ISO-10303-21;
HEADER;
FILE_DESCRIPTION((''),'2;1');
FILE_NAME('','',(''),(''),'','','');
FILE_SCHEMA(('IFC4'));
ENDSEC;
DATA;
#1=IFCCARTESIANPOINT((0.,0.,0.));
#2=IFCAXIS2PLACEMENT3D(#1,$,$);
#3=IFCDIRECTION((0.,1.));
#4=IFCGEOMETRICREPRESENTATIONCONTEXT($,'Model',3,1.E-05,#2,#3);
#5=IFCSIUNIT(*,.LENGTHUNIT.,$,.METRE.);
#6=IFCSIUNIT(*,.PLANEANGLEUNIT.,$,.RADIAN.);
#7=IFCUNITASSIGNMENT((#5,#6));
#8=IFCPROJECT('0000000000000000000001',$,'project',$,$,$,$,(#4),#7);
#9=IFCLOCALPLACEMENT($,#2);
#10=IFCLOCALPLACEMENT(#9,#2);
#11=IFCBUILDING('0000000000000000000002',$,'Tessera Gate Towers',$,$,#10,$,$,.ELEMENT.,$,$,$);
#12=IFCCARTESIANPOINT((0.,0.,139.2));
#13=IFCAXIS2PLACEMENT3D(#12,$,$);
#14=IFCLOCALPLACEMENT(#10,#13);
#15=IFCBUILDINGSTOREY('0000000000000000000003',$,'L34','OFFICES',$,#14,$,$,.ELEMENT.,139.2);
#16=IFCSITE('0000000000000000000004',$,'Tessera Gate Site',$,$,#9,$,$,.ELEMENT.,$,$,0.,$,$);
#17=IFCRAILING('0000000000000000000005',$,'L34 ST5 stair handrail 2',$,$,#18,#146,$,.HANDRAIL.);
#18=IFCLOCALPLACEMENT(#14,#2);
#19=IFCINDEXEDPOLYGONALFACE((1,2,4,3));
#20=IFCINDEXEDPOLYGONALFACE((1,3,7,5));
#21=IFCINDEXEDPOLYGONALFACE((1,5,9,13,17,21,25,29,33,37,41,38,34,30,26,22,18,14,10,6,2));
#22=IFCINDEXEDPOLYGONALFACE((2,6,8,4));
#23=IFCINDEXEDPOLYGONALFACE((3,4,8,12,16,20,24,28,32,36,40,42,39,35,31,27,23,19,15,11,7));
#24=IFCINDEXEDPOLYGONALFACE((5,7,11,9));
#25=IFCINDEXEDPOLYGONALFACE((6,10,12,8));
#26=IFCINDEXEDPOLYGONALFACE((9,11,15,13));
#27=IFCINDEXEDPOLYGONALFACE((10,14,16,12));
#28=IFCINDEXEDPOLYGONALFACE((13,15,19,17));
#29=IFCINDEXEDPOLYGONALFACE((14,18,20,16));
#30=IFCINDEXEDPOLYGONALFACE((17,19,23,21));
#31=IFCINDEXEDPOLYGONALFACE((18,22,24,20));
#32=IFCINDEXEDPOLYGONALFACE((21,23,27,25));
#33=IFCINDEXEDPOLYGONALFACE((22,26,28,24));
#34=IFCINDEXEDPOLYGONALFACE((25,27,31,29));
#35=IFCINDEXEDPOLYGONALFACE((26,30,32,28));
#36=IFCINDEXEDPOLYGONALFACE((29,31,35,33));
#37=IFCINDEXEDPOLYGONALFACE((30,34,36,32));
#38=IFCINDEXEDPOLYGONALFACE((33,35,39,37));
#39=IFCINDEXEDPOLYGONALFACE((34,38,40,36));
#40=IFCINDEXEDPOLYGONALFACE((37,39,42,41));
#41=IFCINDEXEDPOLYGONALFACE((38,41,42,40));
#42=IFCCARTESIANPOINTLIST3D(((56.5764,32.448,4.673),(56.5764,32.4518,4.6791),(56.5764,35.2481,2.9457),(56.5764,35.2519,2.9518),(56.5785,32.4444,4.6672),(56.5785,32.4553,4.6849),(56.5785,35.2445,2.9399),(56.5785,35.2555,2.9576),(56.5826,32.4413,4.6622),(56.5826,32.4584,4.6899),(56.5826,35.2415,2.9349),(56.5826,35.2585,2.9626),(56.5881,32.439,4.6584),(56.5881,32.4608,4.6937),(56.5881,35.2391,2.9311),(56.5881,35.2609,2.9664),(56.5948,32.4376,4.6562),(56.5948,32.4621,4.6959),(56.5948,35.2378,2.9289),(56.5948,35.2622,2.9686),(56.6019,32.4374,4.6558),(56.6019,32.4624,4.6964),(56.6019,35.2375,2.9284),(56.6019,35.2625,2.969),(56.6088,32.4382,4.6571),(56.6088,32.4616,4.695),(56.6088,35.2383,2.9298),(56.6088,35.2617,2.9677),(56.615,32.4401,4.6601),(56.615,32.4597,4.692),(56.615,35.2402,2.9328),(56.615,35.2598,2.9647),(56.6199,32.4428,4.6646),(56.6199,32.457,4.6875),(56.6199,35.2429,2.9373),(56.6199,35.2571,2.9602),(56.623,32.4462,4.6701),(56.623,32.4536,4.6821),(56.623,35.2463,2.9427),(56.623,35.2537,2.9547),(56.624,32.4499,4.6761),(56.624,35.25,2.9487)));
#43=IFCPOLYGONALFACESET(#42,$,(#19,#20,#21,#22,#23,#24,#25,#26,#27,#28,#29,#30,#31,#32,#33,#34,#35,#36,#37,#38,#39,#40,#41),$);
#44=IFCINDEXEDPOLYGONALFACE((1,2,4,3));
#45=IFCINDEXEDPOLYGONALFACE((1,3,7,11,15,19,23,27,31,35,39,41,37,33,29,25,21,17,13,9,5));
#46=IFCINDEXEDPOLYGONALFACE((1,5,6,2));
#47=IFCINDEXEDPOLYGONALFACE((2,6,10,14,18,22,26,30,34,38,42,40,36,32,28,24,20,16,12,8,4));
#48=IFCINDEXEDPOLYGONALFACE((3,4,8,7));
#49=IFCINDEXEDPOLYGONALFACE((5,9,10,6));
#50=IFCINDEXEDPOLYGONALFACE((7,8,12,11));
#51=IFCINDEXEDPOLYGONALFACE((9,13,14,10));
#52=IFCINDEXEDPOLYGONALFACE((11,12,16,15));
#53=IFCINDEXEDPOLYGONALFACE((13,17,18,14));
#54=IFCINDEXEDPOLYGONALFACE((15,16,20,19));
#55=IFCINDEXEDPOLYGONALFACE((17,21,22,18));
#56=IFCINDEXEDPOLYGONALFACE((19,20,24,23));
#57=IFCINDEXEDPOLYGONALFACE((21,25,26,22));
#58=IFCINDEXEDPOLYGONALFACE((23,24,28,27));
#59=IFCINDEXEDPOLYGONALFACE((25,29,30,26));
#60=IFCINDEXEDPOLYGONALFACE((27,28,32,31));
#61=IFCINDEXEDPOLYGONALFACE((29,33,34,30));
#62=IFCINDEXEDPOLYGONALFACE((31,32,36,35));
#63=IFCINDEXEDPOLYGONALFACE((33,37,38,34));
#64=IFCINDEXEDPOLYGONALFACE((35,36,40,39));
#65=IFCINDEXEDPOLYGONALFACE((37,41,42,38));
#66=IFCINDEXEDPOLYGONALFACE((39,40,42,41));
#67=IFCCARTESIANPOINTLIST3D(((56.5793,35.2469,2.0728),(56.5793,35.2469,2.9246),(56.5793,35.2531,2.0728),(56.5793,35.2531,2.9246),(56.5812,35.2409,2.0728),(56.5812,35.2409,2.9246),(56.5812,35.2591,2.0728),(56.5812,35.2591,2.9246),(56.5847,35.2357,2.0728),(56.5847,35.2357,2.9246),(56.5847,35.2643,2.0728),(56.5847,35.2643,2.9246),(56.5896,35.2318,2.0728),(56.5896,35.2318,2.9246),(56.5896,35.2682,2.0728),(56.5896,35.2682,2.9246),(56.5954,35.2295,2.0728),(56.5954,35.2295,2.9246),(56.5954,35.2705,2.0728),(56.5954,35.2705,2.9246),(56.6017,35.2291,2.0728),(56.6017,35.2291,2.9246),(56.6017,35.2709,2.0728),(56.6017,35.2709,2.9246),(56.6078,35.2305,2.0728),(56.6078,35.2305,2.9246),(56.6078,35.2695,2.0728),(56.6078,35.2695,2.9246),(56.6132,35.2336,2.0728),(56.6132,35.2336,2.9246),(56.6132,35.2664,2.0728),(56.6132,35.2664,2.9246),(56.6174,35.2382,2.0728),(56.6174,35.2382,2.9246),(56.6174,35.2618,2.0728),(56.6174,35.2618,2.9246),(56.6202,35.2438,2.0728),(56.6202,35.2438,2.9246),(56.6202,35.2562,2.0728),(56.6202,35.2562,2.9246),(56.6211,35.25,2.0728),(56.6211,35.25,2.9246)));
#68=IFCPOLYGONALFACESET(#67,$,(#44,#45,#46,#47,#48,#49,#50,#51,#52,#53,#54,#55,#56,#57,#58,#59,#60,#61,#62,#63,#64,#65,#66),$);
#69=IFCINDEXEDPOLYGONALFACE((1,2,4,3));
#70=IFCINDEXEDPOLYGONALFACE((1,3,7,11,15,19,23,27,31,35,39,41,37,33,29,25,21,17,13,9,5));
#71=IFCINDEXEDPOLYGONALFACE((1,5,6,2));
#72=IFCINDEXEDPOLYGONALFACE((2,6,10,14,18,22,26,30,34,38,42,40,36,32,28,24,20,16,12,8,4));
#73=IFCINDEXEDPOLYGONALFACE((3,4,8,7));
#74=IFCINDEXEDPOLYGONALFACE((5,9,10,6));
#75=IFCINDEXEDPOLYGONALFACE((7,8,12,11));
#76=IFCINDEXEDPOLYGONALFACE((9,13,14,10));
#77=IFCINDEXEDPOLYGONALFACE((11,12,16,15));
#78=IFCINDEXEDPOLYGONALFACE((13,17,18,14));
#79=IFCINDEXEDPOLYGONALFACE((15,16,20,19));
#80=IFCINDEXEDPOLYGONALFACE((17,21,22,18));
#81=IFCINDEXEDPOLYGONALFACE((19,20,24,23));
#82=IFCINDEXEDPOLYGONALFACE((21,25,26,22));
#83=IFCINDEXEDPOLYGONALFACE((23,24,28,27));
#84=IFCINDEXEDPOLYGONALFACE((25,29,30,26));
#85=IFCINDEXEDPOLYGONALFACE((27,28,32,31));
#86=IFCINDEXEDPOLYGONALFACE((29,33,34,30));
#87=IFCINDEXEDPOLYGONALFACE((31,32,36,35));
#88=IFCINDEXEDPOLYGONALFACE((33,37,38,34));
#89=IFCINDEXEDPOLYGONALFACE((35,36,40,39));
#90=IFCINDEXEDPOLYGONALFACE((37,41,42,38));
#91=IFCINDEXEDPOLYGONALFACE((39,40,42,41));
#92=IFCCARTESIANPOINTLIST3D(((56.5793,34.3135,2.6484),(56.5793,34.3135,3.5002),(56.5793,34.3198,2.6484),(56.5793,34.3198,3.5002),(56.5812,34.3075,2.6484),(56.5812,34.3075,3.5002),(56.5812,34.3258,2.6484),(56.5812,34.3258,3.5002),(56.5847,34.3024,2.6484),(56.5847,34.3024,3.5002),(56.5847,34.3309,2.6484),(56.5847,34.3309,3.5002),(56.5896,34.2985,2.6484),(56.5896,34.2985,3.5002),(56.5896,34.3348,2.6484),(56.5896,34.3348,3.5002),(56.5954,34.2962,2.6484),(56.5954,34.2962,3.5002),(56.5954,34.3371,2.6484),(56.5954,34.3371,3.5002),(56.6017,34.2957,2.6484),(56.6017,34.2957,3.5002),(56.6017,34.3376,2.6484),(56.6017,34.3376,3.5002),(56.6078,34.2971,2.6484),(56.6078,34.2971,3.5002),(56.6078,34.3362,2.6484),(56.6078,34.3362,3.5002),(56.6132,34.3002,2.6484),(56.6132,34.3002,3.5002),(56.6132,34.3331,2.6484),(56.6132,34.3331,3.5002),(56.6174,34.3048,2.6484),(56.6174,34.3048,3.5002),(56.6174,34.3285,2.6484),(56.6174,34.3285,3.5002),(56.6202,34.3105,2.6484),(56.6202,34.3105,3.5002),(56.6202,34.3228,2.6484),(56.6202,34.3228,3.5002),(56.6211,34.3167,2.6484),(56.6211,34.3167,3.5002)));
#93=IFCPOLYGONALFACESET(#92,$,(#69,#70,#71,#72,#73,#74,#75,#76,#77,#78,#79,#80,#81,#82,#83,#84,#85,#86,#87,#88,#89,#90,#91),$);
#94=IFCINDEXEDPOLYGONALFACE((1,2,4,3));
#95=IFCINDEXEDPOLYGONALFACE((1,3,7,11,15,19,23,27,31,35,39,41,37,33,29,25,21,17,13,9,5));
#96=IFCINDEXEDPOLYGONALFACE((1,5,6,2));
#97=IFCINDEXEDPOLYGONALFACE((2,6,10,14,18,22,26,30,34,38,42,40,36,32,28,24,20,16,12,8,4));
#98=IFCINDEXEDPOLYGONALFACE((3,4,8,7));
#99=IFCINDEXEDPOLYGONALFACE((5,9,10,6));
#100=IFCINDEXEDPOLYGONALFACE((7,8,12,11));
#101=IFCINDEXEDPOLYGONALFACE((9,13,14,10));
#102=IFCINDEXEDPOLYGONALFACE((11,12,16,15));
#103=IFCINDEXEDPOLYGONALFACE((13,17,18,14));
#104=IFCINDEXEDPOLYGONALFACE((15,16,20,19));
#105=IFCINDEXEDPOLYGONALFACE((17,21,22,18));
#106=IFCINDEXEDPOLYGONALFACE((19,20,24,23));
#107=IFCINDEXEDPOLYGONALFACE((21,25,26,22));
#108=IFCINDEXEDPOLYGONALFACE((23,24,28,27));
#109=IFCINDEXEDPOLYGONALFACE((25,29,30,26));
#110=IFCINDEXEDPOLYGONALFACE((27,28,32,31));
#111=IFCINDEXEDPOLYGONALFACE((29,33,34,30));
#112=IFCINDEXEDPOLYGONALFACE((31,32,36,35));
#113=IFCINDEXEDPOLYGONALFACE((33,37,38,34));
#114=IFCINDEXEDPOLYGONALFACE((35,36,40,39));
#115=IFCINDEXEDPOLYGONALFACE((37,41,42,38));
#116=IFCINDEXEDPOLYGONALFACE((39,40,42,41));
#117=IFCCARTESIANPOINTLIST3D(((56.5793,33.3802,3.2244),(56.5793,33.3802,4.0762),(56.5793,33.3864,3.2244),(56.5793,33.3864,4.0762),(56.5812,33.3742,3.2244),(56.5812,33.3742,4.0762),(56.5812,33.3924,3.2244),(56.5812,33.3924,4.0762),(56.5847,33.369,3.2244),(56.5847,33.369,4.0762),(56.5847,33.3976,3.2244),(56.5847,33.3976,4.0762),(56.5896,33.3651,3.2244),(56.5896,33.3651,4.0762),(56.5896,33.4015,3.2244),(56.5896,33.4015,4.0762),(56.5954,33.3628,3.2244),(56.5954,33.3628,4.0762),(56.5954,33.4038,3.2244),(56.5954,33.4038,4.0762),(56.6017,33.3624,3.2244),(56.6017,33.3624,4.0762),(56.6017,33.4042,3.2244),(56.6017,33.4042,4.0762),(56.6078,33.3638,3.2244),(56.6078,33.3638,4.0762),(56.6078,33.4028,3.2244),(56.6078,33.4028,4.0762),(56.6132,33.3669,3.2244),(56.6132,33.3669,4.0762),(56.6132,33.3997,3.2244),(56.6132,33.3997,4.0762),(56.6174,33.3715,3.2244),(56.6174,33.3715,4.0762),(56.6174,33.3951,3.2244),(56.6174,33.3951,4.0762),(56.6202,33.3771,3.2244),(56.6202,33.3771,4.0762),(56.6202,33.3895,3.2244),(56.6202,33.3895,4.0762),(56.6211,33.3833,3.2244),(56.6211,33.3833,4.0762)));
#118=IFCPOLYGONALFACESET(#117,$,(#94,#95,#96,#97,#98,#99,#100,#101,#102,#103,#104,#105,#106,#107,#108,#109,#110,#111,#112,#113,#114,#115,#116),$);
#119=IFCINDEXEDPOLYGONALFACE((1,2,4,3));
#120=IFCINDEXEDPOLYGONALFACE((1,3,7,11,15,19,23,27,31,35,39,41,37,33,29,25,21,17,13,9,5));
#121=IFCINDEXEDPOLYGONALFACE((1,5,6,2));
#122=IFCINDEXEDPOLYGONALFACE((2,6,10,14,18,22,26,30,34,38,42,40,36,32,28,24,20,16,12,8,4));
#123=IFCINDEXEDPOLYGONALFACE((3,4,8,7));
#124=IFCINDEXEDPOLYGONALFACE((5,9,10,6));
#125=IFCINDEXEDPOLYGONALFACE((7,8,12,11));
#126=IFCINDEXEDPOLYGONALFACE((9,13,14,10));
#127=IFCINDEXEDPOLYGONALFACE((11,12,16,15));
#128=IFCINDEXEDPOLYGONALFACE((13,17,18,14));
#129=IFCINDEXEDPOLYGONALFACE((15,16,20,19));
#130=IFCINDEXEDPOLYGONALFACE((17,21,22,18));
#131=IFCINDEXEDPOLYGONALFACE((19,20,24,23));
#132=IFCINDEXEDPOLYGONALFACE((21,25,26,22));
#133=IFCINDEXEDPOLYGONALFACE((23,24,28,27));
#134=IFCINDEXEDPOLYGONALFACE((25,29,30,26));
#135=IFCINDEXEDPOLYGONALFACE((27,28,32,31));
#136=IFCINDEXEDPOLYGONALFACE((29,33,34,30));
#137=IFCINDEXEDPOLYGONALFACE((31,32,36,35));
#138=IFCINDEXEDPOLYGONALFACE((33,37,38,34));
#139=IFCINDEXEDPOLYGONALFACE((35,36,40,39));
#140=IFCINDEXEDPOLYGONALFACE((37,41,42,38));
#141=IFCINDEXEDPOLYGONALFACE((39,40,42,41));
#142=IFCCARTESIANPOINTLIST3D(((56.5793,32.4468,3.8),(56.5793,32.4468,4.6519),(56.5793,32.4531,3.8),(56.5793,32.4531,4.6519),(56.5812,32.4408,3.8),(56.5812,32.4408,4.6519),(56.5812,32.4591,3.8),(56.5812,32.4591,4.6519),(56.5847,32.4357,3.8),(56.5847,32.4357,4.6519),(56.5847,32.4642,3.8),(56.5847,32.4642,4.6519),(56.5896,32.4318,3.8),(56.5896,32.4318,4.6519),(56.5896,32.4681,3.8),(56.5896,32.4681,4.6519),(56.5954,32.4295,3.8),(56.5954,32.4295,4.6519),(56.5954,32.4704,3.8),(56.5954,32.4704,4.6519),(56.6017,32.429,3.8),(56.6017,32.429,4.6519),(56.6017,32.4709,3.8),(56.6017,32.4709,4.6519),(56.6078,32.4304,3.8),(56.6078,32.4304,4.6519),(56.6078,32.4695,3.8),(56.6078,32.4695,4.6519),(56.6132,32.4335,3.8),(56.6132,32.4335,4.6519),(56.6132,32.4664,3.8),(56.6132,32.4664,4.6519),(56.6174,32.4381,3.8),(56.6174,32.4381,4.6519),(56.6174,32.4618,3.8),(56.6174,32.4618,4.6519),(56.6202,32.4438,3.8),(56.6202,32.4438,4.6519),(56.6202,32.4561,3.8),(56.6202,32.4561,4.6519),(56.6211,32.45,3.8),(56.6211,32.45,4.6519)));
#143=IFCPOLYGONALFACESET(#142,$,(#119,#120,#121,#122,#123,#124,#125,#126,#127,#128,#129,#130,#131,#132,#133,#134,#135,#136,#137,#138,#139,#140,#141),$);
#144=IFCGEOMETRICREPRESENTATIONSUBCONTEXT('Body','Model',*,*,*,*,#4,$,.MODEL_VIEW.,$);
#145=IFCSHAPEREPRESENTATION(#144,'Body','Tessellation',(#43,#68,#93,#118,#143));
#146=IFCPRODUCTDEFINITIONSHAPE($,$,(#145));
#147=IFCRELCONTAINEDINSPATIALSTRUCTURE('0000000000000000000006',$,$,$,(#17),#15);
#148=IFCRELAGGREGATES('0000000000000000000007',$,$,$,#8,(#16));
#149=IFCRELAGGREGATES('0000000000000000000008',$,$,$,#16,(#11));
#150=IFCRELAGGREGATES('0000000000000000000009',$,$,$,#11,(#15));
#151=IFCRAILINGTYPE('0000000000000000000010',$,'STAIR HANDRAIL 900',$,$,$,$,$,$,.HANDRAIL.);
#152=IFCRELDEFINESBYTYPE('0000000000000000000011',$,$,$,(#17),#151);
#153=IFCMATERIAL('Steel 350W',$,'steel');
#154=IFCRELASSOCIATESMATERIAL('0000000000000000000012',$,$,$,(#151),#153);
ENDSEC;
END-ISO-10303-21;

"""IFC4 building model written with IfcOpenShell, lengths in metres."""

from ifc_helpers import new_model, si_unit, direction, frame, origin, origin_2d, place, context, subcontext, project, spatial, circle, extrude, material, type_object, element, save


model = new_model("IFC4")

# Units and contexts
model_context = context("Model", 3, precision=1e-05, world=origin(), true_north=direction((0.0, 1.0)))
body_context = subcontext(model_context, "Body", "Model", "MODEL_VIEW")
ifc_project = project(units=[si_unit("LENGTHUNIT", "METRE"), si_unit("PLANEANGLEUNIT", "RADIAN")], contexts=[model_context])

# Site, building, storey
site_placement = place(None, origin())
site = spatial("IfcSite", under=ifc_project, at=site_placement, Name="Tessera Gate Site", CompositionType="ELEMENT", RefElevation=0.0)
building_placement = place(site_placement, origin())
building = spatial("IfcBuilding", under=site, at=building_placement, Name="Tessera Gate Towers", CompositionType="ELEMENT")
storey_placement = place(building_placement, frame((0.0, 0.0, 139.2)))
storey = spatial("IfcBuildingStorey", under=building, at=storey_placement, Name="L34", Description="OFFICES", CompositionType="ELEMENT", Elevation=139.2)

# Railing
ifc_material_1 = material(Name="Steel 350W", Category="steel")
railing_type_1 = type_object("IfcRailingType", Name="STAIR HANDRAIL 900", PredefinedType="HANDRAIL", material=ifc_material_1)
railing_1_placement = place(storey_placement, frame((56.6001, 35.25, 2.0728)))
element("IfcRailing", 1, at=railing_1_placement, inside=storey, type_object=railing_type_1, Name="L34 ST5 stair handrail 2", PredefinedType="HANDRAIL", context=body_context, shape_type="SweptSolid", body=[
    extrude(circle(Radius=0.0239, at=origin_2d()), frame((0.0, 0.0, 0.876), z_axis=(0.0, -0.85109, 0.52502), x_axis=(1.0, 0.0, 0.0)), (0.0, 0.0, 1.0), 3.29),
    extrude(circle(Radius=0.021, at=origin_2d()), origin(), (0.0, 0.0, 1.0), 0.8518),
    extrude(circle(Radius=0.021, at=origin_2d()), frame((0.0, -0.9333, 0.5757)), (0.0, 0.0, 1.0), 0.8518),
    extrude(circle(Radius=0.021, at=origin_2d()), frame((0.0, -1.8667, 1.1516)), (0.0, 0.0, 1.0), 0.8518),
    extrude(circle(Radius=0.021, at=origin_2d()), frame((0.0, -2.8, 1.7273)), (0.0, 0.0, 1.0), 0.8518),
])

save(model, "model.ifc")
